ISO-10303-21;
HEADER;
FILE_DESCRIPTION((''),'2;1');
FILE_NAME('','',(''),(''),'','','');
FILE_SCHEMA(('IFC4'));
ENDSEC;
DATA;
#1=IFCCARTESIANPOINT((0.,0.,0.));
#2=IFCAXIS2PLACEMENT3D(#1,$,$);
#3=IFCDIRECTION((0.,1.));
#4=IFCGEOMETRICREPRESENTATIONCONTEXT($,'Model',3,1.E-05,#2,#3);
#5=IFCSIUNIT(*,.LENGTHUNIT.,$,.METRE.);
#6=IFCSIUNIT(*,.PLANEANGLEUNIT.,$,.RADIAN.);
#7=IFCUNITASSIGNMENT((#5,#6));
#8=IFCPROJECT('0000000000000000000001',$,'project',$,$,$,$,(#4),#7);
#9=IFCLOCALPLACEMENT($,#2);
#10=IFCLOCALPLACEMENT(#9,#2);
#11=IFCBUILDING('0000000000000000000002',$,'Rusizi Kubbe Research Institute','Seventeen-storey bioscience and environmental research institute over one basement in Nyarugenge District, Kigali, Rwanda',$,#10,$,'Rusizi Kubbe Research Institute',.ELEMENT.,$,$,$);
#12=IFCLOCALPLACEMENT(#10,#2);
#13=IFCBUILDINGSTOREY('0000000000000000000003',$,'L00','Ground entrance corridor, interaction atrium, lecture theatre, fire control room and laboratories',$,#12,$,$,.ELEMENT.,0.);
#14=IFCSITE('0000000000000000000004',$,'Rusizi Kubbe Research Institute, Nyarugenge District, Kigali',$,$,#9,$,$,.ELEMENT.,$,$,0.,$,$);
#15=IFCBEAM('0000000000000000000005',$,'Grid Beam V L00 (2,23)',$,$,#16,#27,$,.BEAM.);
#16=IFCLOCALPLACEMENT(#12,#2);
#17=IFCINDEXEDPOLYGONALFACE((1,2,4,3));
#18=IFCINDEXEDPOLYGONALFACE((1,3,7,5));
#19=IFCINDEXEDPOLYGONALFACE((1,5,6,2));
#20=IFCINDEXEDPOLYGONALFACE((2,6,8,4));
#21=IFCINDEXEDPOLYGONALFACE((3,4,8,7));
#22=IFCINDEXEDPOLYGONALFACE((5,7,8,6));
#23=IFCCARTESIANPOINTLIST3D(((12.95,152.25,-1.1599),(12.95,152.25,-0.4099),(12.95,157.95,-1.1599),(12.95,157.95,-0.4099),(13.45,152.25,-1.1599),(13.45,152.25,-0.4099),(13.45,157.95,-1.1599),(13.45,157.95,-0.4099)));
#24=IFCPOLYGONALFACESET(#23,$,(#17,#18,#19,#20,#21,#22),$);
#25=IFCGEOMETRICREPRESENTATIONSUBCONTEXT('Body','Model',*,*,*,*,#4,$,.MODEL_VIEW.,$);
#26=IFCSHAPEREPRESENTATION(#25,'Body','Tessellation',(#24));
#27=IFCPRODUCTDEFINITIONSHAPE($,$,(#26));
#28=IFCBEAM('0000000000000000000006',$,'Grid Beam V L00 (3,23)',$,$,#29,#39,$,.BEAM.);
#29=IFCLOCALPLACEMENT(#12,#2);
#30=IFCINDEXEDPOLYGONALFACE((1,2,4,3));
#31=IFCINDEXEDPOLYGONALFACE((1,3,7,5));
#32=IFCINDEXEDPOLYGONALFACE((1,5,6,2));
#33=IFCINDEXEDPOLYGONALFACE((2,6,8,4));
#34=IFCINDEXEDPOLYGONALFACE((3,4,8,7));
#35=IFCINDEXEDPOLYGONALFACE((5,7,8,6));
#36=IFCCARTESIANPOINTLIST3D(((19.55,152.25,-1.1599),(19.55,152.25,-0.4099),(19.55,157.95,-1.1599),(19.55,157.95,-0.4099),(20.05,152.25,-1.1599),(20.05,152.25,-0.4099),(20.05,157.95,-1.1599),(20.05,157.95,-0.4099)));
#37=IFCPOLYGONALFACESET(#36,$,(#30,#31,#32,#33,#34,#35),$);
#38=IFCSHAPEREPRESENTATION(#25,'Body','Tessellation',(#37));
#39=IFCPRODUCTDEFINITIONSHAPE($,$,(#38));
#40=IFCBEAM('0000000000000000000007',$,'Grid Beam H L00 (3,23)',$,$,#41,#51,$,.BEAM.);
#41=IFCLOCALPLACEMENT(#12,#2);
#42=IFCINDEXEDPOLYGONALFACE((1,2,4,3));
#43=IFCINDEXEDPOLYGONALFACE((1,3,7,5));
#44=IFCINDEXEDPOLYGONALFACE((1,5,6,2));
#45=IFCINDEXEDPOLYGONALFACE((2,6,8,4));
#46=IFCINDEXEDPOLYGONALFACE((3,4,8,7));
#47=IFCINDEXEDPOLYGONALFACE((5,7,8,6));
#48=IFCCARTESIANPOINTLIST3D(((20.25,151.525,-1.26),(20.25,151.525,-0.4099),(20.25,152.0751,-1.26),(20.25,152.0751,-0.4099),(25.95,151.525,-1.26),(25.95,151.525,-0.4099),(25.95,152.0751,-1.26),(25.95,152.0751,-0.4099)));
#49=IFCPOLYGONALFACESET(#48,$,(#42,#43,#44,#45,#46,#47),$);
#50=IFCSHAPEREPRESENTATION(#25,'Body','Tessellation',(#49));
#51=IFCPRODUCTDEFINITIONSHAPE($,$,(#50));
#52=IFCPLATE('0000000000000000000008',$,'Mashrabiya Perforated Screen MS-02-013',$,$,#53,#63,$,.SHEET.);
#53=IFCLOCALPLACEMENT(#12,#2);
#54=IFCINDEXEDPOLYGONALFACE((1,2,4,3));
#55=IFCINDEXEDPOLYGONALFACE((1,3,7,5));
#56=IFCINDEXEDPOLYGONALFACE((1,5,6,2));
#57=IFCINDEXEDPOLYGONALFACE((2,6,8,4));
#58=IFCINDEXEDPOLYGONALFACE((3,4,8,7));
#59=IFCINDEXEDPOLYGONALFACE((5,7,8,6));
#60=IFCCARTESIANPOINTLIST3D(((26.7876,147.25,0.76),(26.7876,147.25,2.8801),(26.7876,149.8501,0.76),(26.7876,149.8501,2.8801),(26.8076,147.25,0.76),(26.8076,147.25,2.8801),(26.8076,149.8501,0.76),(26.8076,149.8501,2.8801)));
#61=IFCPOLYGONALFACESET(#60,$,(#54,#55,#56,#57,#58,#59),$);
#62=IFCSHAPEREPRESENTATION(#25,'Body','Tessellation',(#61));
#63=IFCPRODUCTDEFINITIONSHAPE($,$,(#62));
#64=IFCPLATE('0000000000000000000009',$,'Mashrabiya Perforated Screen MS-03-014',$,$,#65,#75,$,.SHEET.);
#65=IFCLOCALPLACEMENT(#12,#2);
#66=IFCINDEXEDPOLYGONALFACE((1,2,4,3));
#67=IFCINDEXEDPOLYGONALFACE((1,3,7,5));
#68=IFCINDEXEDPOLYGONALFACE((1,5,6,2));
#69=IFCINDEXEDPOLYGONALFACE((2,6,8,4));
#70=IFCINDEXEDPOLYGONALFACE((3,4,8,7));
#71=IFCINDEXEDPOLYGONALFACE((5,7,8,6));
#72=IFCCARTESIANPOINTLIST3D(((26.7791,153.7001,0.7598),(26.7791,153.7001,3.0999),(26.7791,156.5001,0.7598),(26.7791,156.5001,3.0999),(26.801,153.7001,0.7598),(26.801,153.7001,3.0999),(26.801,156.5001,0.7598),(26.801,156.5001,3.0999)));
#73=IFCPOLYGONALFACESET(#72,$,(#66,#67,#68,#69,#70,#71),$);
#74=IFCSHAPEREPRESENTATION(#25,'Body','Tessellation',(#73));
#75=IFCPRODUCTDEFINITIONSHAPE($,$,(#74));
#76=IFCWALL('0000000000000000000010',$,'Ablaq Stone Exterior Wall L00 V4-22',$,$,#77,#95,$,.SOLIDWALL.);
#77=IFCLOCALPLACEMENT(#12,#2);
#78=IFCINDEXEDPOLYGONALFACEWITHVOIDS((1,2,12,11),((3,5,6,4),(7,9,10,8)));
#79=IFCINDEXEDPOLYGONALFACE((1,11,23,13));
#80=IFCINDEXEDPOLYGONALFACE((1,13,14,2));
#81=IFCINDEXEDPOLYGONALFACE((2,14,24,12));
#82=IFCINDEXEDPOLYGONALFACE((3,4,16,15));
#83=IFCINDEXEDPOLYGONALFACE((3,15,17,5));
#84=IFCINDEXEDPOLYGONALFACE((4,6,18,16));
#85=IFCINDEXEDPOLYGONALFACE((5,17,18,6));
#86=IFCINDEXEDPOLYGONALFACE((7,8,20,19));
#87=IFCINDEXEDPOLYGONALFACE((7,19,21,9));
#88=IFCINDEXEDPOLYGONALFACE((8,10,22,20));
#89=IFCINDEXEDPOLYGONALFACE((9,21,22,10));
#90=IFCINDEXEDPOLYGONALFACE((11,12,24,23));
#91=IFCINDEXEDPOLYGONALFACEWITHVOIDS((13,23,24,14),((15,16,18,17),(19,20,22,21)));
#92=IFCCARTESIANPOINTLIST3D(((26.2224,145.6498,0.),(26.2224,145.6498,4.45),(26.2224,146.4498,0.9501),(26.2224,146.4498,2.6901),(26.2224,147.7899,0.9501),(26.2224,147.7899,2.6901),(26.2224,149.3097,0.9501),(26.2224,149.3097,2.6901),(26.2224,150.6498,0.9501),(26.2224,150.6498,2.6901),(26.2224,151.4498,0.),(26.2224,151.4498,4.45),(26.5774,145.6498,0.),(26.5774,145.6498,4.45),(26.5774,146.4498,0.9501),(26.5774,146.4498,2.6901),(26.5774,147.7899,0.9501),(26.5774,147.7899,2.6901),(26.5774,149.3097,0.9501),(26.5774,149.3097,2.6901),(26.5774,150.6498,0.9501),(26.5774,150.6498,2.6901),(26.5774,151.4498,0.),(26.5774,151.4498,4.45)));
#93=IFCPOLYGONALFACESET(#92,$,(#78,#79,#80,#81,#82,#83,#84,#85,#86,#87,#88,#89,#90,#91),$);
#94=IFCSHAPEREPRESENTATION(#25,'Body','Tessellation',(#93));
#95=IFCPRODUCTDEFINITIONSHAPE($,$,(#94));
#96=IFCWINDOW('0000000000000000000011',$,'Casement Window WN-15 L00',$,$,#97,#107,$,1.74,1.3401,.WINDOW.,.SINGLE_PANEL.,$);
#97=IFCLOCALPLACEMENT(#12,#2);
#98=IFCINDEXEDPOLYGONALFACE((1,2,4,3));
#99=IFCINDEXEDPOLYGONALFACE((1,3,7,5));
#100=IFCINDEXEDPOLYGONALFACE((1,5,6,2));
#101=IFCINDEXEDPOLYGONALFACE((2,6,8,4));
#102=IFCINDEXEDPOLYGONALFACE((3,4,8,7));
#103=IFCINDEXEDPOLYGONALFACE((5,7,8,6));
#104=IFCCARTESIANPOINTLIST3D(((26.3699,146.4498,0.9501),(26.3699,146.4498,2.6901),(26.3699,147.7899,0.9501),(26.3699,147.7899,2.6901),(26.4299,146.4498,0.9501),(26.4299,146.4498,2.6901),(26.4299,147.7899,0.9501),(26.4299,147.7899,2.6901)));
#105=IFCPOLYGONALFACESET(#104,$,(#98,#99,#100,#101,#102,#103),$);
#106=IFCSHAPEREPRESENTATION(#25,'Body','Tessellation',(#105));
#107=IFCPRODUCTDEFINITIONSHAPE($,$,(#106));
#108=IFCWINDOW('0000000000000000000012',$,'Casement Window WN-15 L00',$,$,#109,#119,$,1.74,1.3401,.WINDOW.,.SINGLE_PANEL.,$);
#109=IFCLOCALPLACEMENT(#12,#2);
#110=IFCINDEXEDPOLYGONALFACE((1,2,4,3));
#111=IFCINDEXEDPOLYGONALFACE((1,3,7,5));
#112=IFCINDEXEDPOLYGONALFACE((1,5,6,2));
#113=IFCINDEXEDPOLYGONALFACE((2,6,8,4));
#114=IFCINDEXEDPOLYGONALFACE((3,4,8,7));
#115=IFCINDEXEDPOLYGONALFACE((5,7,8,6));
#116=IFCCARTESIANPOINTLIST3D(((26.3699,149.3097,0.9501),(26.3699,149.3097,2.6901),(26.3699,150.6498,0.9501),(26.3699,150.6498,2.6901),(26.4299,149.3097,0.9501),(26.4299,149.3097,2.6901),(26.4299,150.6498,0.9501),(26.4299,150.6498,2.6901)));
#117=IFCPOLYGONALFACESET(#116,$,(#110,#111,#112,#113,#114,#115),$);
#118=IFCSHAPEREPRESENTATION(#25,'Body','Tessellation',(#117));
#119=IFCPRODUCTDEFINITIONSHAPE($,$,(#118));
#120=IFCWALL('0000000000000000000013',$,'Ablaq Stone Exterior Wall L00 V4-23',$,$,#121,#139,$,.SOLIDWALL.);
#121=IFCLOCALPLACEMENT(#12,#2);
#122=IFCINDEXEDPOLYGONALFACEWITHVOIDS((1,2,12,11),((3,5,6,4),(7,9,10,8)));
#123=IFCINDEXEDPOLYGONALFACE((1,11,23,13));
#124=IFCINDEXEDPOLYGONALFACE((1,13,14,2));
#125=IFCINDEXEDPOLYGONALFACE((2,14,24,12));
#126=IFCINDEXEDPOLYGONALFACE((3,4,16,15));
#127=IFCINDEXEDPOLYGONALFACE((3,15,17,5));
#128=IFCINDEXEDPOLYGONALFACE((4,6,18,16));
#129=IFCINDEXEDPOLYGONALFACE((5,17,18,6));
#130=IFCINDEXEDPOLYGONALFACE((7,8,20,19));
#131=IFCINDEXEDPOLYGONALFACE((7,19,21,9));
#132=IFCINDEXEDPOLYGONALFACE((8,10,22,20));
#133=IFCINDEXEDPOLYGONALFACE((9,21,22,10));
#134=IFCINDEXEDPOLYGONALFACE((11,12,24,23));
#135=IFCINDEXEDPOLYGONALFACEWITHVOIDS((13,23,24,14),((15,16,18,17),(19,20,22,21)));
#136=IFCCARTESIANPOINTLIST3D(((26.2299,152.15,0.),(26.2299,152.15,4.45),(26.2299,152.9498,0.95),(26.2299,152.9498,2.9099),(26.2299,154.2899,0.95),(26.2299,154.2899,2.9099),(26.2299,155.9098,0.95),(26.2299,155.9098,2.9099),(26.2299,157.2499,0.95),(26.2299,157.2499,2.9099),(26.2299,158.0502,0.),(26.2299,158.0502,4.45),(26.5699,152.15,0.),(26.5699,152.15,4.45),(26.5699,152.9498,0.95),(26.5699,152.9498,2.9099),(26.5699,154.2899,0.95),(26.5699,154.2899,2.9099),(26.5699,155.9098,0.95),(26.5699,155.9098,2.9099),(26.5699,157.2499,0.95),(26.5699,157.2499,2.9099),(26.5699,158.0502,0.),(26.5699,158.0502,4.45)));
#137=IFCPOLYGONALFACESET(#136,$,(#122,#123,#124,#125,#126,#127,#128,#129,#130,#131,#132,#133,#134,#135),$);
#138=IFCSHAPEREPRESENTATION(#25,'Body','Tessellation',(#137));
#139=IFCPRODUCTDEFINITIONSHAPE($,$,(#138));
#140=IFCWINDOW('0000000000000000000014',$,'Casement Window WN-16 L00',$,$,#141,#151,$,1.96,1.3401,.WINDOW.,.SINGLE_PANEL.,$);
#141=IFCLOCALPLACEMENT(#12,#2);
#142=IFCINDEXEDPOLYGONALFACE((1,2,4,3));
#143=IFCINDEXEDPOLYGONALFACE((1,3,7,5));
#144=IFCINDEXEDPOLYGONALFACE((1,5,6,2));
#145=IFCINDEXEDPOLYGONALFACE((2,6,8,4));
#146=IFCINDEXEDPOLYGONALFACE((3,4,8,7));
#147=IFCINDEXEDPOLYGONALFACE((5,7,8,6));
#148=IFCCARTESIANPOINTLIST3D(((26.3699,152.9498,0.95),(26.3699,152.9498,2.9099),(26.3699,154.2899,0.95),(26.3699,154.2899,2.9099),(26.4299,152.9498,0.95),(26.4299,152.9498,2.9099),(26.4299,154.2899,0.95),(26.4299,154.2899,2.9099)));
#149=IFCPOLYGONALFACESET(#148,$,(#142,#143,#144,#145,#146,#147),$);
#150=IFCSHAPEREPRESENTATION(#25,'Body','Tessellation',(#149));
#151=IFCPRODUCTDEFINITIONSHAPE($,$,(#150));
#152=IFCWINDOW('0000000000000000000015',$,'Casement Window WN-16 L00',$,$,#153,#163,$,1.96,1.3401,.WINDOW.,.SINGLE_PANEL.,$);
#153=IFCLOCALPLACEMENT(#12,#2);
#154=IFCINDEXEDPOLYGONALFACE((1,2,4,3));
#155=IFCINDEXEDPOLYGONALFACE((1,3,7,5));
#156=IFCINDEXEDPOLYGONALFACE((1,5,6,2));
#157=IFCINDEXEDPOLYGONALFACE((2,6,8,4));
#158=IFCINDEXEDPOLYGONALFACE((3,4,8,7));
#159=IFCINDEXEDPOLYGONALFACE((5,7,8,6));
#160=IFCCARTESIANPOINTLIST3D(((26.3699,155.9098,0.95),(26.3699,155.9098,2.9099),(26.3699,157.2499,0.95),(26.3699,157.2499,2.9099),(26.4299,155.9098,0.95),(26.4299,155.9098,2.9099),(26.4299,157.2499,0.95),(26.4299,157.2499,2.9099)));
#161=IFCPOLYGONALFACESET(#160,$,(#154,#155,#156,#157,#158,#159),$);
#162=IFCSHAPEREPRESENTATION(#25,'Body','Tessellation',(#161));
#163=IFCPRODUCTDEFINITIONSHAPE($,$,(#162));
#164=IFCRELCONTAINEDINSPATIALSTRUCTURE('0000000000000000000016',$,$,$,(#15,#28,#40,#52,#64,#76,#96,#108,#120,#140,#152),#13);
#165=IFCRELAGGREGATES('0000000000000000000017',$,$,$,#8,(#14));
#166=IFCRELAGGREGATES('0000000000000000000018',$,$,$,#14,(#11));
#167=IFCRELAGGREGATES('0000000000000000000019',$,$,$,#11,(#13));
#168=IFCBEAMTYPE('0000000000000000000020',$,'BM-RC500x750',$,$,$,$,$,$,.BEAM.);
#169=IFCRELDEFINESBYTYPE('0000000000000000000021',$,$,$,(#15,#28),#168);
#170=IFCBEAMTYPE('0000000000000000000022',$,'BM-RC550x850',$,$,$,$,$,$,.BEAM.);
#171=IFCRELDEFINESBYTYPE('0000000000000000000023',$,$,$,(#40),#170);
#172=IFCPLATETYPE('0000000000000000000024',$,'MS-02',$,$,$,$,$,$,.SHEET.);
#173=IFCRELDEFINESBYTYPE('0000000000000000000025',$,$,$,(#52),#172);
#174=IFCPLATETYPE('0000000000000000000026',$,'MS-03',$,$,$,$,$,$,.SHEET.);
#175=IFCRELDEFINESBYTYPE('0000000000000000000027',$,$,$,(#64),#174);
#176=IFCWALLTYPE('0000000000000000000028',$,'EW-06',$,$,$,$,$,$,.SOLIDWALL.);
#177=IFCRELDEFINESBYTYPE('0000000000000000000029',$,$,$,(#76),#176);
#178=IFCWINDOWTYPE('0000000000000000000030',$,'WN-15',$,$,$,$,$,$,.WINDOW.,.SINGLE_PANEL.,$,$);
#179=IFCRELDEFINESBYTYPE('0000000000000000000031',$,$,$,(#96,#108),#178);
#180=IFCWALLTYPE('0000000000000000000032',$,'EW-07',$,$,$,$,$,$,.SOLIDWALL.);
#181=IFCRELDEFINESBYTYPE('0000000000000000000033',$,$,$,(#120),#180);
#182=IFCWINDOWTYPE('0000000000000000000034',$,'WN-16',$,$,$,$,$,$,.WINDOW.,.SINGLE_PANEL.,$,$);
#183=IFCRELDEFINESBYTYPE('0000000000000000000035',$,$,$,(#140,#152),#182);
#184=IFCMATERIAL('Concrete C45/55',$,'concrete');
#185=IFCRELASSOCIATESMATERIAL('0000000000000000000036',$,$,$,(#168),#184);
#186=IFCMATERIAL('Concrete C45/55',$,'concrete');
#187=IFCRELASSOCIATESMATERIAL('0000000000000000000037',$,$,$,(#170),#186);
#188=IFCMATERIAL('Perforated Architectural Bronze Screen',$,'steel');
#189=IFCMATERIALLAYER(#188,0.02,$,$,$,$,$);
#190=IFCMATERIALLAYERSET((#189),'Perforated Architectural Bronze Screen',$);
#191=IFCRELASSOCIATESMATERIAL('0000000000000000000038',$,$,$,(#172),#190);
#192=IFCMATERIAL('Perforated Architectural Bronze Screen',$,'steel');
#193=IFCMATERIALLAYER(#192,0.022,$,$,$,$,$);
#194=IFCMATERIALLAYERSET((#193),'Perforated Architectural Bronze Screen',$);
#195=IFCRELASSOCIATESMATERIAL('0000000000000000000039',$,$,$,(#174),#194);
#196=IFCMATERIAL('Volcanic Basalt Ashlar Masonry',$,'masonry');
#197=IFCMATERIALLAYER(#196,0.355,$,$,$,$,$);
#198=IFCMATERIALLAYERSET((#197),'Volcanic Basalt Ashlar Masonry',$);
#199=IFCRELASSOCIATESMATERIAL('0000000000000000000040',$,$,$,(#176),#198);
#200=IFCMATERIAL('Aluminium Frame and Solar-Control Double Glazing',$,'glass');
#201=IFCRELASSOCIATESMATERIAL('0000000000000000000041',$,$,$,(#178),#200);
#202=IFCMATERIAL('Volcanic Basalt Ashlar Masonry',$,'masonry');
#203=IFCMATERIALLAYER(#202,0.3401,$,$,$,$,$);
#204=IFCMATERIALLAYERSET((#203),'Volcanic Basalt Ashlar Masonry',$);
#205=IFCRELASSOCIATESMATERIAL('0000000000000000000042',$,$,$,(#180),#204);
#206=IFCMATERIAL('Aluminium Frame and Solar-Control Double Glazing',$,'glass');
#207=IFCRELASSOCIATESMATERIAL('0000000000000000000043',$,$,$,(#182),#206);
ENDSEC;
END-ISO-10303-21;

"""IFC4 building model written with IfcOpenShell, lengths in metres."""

from ifc_helpers import new_model, si_unit, direction, frame, frame_2d, origin, origin_2d, place, context, subcontext, project, spatial, rectangle, extrude, material, layer, layer_set, material_profile, profile_set, type_object, element, fill, save


model = new_model("IFC4")

# Units and contexts
model_context = context("Model", 3, precision=1e-05, world=origin(), true_north=direction((0.0, 1.0)))
body_context = subcontext(model_context, "Body", "Model", "MODEL_VIEW")
ifc_project = project(units=[si_unit("LENGTHUNIT", "METRE"), si_unit("PLANEANGLEUNIT", "RADIAN")], contexts=[model_context])

# Site, building, storey
site_placement = place(None, origin())
site = spatial("IfcSite", under=ifc_project, at=site_placement, Name="Rusizi Kubbe Research Institute, Nyarugenge District, Kigali", CompositionType="ELEMENT", RefElevation=0.0)
building_placement = place(site_placement, origin())
building = spatial("IfcBuilding", under=site, at=building_placement, Name="Rusizi Kubbe Research Institute", Description="Seventeen-storey bioscience and environmental research institute over one basement in Nyarugenge District, Kigali, Rwanda", LongName="Rusizi Kubbe Research Institute", CompositionType="ELEMENT")
storey_placement = place(building_placement, origin())
storey = spatial("IfcBuildingStorey", under=building, at=storey_placement, Name="L00", Description="Ground entrance corridor, interaction atrium, lecture theatre, fire control room and laboratories", CompositionType="ELEMENT", Elevation=0.0)

# Beams
ifc_material_1 = material(Name="Concrete C45/55", Category="concrete")
ifc_material_profile_1 = material_profile(ifc_material_1, rectangle(XDim=0.5, YDim=0.75, at=origin_2d()), Name="RC500x750B")
ifc_profile_set_1 = profile_set([ifc_material_profile_1], Name="Concrete C45/55")
beam_type_1 = type_object("IfcBeamType", Name="BM-RC500x750", PredefinedType="BEAM", material=ifc_profile_set_1)
for number, where, z_axis, x_axis, name in (
    (1, (13.2, 152.25, -0.7849), (0.0, 1.0, 0.0), (-1.0, 0.0, 0.0), "Grid Beam V L00 (2,23)"),
    (2, (19.8, 152.25, -0.7849), (0.0, 1.0, 0.0), (-1.0, 0.0, 0.0), "Grid Beam V L00 (3,23)"),
):
    element("IfcBeam", number, at=place(storey_placement, frame(where, z_axis=z_axis, x_axis=x_axis)), inside=storey, type_object=beam_type_1, Name=name, PredefinedType="BEAM", context=body_context, shape_type="SweptSolid", body=[
        extrude(rectangle(XDim=0.5, YDim=0.75, at=origin_2d()), origin(), (0.0, 0.0, 1.0), 5.7),
    ])
ifc_material_2 = material(Name="Concrete C45/55", Category="concrete")
ifc_material_profile_2 = material_profile(ifc_material_2, rectangle(XDim=0.55, YDim=0.8501, at=origin_2d()), Name="RC550x850")
ifc_profile_set_2 = profile_set([ifc_material_profile_2], Name="Concrete C45/55")
beam_type_2 = type_object("IfcBeamType", Name="BM-RC550x850", PredefinedType="BEAM", material=ifc_profile_set_2)
beam_1_placement = place(storey_placement, frame((20.25, 151.8, -0.835), z_axis=(1.0, 0.0, 0.0), x_axis=(0.0, 1.0, 0.0)))
element("IfcBeam", 3, at=beam_1_placement, inside=storey, type_object=beam_type_2, Name="Grid Beam H L00 (3,23)", PredefinedType="BEAM", context=body_context, shape_type="SweptSolid", body=[
    extrude(rectangle(XDim=0.55, YDim=0.8501, at=origin_2d()), origin(), (0.0, 0.0, 1.0), 5.7),
])

# Plates
ifc_material_3 = material(Name="Perforated Architectural Bronze Screen", Category="steel")
ifc_layer_1 = layer(ifc_material_3, 0.02)
ifc_layer_set_1 = layer_set([ifc_layer_1], Name="Perforated Architectural Bronze Screen")
plate_type_1 = type_object("IfcPlateType", Name="MS-02", PredefinedType="SHEET", material=ifc_layer_set_1)
plate_1_placement = place(storey_placement, frame((26.7976, 148.55, 0.76), z_axis=(0.0, 0.0, 1.0), x_axis=(0.0, 1.0, 0.0)))
element("IfcPlate", 4, at=plate_1_placement, inside=storey, type_object=plate_type_1, Name="Mashrabiya Perforated Screen MS-02-013", PredefinedType="SHEET", context=body_context, shape_type="SweptSolid", body=[
    extrude(rectangle(XDim=2.6001, YDim=0.02, at=origin_2d()), origin(), (0.0, 0.0, 1.0), 2.1201),
])
ifc_material_4 = material(Name="Perforated Architectural Bronze Screen", Category="steel")
ifc_layer_2 = layer(ifc_material_4, 0.022)
ifc_layer_set_2 = layer_set([ifc_layer_2], Name="Perforated Architectural Bronze Screen")
plate_type_2 = type_object("IfcPlateType", Name="MS-03", PredefinedType="SHEET", material=ifc_layer_set_2)
plate_2_placement = place(storey_placement, frame((26.79, 155.1001, 0.7598), z_axis=(0.0, 0.0, 1.0), x_axis=(0.0, 1.0, 0.0)))
element("IfcPlate", 5, at=plate_2_placement, inside=storey, type_object=plate_type_2, Name="Mashrabiya Perforated Screen MS-03-014", PredefinedType="SHEET", context=body_context, shape_type="SweptSolid", body=[
    extrude(rectangle(XDim=2.8, YDim=0.022, at=origin_2d()), origin(), (0.0, 0.0, 1.0), 2.3401),
])

# Walls, openings, windows
ifc_material_5 = material(Name="Volcanic Basalt Ashlar Masonry", Category="masonry")
ifc_layer_3 = layer(ifc_material_5, 0.355)
ifc_layer_set_3 = layer_set([ifc_layer_3], Name="Volcanic Basalt Ashlar Masonry")
wall_type_1 = type_object("IfcWallType", Name="EW-06", PredefinedType="SOLIDWALL", material=ifc_layer_set_3)
wall_1_placement = place(storey_placement, frame((26.3999, 145.6499, 0.0), z_axis=(0.0, 0.0, 1.0), x_axis=(0.0, 1.0, 0.0)))
wall_1 = element("IfcWall", 6, at=wall_1_placement, inside=storey, type_object=wall_type_1, Name="Ablaq Stone Exterior Wall L00 V4-22", PredefinedType="SOLIDWALL", context=body_context, shape_type="SweptSolid", body=[
    extrude(rectangle(XDim=5.8, YDim=0.355, at=frame_2d((2.8999, 0.0))), origin(), (0.0, 0.0, 1.0), 4.45),
])
opening_1_placement = place(wall_1_placement, frame((0.8, 0.0, 0.95)))
opening_1 = element("IfcOpeningElement", 7, at=opening_1_placement, cuts=wall_1, PredefinedType="OPENING", context=body_context, shape_type="SweptSolid", body=[
    extrude(rectangle(XDim=1.3401, YDim=1.74, at=frame_2d((0.6699, 0.8701))), frame((0.0, 0.1875, 0.0), z_axis=(0.0, -1.0, 0.0), x_axis=(1.0, 0.0, 0.0)), (0.0, 0.0, 1.0), 0.375),
])
opening_2_placement = place(wall_1_placement, frame((3.6599, 0.0, 0.95)))
opening_2 = element("IfcOpeningElement", 8, at=opening_2_placement, cuts=wall_1, PredefinedType="OPENING", context=body_context, shape_type="SweptSolid", body=[
    extrude(rectangle(XDim=1.3401, YDim=1.74, at=frame_2d((0.6699, 0.8701))), frame((0.0, 0.1875, 0.0), z_axis=(0.0, -1.0, 0.0), x_axis=(1.0, 0.0, 0.0)), (0.0, 0.0, 1.0), 0.375),
])
ifc_material_6 = material(Name="Aluminium Frame and Solar-Control Double Glazing", Category="glass")
window_type_1 = type_object("IfcWindowType", Name="WN-15", PartitioningType="SINGLE_PANEL", PredefinedType="WINDOW", material=ifc_material_6)
window_1_placement = place(opening_1_placement, origin())
window_1 = element("IfcWindow", 9, at=window_1_placement, inside=storey, type_object=window_type_1, Name="Casement Window WN-15 L00", OverallHeight=1.74, OverallWidth=1.3401, PartitioningType="SINGLE_PANEL", PredefinedType="WINDOW", context=body_context, shape_type="SweptSolid", body=[
    extrude(rectangle(XDim=1.3401, YDim=1.74, at=frame_2d((0.6699, 0.8701))), frame((0.0, 0.03, 0.0), z_axis=(0.0, -1.0, 0.0), x_axis=(1.0, 0.0, 0.0)), (0.0, 0.0, 1.0), 0.0601),
])
fill(opening_1, window_1)
window_2_placement = place(opening_2_placement, origin())
window_2 = element("IfcWindow", 10, at=window_2_placement, inside=storey, type_object=window_type_1, Name="Casement Window WN-15 L00", OverallHeight=1.74, OverallWidth=1.3401, PartitioningType="SINGLE_PANEL", PredefinedType="WINDOW", context=body_context, shape_type="SweptSolid", body=[
    extrude(rectangle(XDim=1.3401, YDim=1.74, at=frame_2d((0.6699, 0.8701))), frame((0.0, 0.03, 0.0), z_axis=(0.0, -1.0, 0.0), x_axis=(1.0, 0.0, 0.0)), (0.0, 0.0, 1.0), 0.0601),
])
fill(opening_2, window_2)
ifc_material_7 = material(Name="Volcanic Basalt Ashlar Masonry", Category="masonry")
ifc_layer_4 = layer(ifc_material_7, 0.3401)
ifc_layer_set_4 = layer_set([ifc_layer_4], Name="Volcanic Basalt Ashlar Masonry")
wall_type_2 = type_object("IfcWallType", Name="EW-07", PredefinedType="SOLIDWALL", material=ifc_layer_set_4)
wall_2_placement = place(storey_placement, frame((26.3999, 152.1499, 0.0), z_axis=(0.0, 0.0, 1.0), x_axis=(0.0, 1.0, 0.0)))
wall_2 = element("IfcWall", 11, at=wall_2_placement, inside=storey, type_object=wall_type_2, Name="Ablaq Stone Exterior Wall L00 V4-23", PredefinedType="SOLIDWALL", context=body_context, shape_type="SweptSolid", body=[
    extrude(rectangle(XDim=5.9001, YDim=0.3401, at=frame_2d((2.9502, 0.0))), origin(), (0.0, 0.0, 1.0), 4.45),
])
opening_3_placement = place(wall_2_placement, frame((0.8, 0.0, 0.95)))
opening_3 = element("IfcOpeningElement", 12, at=opening_3_placement, cuts=wall_2, PredefinedType="OPENING", context=body_context, shape_type="SweptSolid", body=[
    extrude(rectangle(XDim=1.3401, YDim=1.96, at=frame_2d((0.6699, 0.98))), frame((0.0, 0.1799, 0.0), z_axis=(0.0, -1.0, 0.0), x_axis=(1.0, 0.0, 0.0)), (0.0, 0.0, 1.0), 0.3601),
])
opening_4_placement = place(wall_2_placement, frame((3.76, 0.0, 0.95)))
opening_4 = element("IfcOpeningElement", 13, at=opening_4_placement, cuts=wall_2, PredefinedType="OPENING", context=body_context, shape_type="SweptSolid", body=[
    extrude(rectangle(XDim=1.3401, YDim=1.96, at=frame_2d((0.6699, 0.98))), frame((0.0, 0.1799, 0.0), z_axis=(0.0, -1.0, 0.0), x_axis=(1.0, 0.0, 0.0)), (0.0, 0.0, 1.0), 0.3601),
])
ifc_material_8 = material(Name="Aluminium Frame and Solar-Control Double Glazing", Category="glass")
window_type_2 = type_object("IfcWindowType", Name="WN-16", PartitioningType="SINGLE_PANEL", PredefinedType="WINDOW", material=ifc_material_8)
window_3_placement = place(opening_3_placement, origin())
window_3 = element("IfcWindow", 14, at=window_3_placement, inside=storey, type_object=window_type_2, Name="Casement Window WN-16 L00", OverallHeight=1.96, OverallWidth=1.3401, PartitioningType="SINGLE_PANEL", PredefinedType="WINDOW", context=body_context, shape_type="SweptSolid", body=[
    extrude(rectangle(XDim=1.3401, YDim=1.96, at=frame_2d((0.6699, 0.98))), frame((0.0, 0.03, 0.0), z_axis=(0.0, -1.0, 0.0), x_axis=(1.0, 0.0, 0.0)), (0.0, 0.0, 1.0), 0.0601),
])
fill(opening_3, window_3)
window_4_placement = place(opening_4_placement, origin())
window_4 = element("IfcWindow", 15, at=window_4_placement, inside=storey, type_object=window_type_2, Name="Casement Window WN-16 L00", OverallHeight=1.96, OverallWidth=1.3401, PartitioningType="SINGLE_PANEL", PredefinedType="WINDOW", context=body_context, shape_type="SweptSolid", body=[
    extrude(rectangle(XDim=1.3401, YDim=1.96, at=frame_2d((0.6699, 0.98))), frame((0.0, 0.03, 0.0), z_axis=(0.0, -1.0, 0.0), x_axis=(1.0, 0.0, 0.0)), (0.0, 0.0, 1.0), 0.0601),
])
fill(opening_4, window_4)

save(model, "model.ifc")
